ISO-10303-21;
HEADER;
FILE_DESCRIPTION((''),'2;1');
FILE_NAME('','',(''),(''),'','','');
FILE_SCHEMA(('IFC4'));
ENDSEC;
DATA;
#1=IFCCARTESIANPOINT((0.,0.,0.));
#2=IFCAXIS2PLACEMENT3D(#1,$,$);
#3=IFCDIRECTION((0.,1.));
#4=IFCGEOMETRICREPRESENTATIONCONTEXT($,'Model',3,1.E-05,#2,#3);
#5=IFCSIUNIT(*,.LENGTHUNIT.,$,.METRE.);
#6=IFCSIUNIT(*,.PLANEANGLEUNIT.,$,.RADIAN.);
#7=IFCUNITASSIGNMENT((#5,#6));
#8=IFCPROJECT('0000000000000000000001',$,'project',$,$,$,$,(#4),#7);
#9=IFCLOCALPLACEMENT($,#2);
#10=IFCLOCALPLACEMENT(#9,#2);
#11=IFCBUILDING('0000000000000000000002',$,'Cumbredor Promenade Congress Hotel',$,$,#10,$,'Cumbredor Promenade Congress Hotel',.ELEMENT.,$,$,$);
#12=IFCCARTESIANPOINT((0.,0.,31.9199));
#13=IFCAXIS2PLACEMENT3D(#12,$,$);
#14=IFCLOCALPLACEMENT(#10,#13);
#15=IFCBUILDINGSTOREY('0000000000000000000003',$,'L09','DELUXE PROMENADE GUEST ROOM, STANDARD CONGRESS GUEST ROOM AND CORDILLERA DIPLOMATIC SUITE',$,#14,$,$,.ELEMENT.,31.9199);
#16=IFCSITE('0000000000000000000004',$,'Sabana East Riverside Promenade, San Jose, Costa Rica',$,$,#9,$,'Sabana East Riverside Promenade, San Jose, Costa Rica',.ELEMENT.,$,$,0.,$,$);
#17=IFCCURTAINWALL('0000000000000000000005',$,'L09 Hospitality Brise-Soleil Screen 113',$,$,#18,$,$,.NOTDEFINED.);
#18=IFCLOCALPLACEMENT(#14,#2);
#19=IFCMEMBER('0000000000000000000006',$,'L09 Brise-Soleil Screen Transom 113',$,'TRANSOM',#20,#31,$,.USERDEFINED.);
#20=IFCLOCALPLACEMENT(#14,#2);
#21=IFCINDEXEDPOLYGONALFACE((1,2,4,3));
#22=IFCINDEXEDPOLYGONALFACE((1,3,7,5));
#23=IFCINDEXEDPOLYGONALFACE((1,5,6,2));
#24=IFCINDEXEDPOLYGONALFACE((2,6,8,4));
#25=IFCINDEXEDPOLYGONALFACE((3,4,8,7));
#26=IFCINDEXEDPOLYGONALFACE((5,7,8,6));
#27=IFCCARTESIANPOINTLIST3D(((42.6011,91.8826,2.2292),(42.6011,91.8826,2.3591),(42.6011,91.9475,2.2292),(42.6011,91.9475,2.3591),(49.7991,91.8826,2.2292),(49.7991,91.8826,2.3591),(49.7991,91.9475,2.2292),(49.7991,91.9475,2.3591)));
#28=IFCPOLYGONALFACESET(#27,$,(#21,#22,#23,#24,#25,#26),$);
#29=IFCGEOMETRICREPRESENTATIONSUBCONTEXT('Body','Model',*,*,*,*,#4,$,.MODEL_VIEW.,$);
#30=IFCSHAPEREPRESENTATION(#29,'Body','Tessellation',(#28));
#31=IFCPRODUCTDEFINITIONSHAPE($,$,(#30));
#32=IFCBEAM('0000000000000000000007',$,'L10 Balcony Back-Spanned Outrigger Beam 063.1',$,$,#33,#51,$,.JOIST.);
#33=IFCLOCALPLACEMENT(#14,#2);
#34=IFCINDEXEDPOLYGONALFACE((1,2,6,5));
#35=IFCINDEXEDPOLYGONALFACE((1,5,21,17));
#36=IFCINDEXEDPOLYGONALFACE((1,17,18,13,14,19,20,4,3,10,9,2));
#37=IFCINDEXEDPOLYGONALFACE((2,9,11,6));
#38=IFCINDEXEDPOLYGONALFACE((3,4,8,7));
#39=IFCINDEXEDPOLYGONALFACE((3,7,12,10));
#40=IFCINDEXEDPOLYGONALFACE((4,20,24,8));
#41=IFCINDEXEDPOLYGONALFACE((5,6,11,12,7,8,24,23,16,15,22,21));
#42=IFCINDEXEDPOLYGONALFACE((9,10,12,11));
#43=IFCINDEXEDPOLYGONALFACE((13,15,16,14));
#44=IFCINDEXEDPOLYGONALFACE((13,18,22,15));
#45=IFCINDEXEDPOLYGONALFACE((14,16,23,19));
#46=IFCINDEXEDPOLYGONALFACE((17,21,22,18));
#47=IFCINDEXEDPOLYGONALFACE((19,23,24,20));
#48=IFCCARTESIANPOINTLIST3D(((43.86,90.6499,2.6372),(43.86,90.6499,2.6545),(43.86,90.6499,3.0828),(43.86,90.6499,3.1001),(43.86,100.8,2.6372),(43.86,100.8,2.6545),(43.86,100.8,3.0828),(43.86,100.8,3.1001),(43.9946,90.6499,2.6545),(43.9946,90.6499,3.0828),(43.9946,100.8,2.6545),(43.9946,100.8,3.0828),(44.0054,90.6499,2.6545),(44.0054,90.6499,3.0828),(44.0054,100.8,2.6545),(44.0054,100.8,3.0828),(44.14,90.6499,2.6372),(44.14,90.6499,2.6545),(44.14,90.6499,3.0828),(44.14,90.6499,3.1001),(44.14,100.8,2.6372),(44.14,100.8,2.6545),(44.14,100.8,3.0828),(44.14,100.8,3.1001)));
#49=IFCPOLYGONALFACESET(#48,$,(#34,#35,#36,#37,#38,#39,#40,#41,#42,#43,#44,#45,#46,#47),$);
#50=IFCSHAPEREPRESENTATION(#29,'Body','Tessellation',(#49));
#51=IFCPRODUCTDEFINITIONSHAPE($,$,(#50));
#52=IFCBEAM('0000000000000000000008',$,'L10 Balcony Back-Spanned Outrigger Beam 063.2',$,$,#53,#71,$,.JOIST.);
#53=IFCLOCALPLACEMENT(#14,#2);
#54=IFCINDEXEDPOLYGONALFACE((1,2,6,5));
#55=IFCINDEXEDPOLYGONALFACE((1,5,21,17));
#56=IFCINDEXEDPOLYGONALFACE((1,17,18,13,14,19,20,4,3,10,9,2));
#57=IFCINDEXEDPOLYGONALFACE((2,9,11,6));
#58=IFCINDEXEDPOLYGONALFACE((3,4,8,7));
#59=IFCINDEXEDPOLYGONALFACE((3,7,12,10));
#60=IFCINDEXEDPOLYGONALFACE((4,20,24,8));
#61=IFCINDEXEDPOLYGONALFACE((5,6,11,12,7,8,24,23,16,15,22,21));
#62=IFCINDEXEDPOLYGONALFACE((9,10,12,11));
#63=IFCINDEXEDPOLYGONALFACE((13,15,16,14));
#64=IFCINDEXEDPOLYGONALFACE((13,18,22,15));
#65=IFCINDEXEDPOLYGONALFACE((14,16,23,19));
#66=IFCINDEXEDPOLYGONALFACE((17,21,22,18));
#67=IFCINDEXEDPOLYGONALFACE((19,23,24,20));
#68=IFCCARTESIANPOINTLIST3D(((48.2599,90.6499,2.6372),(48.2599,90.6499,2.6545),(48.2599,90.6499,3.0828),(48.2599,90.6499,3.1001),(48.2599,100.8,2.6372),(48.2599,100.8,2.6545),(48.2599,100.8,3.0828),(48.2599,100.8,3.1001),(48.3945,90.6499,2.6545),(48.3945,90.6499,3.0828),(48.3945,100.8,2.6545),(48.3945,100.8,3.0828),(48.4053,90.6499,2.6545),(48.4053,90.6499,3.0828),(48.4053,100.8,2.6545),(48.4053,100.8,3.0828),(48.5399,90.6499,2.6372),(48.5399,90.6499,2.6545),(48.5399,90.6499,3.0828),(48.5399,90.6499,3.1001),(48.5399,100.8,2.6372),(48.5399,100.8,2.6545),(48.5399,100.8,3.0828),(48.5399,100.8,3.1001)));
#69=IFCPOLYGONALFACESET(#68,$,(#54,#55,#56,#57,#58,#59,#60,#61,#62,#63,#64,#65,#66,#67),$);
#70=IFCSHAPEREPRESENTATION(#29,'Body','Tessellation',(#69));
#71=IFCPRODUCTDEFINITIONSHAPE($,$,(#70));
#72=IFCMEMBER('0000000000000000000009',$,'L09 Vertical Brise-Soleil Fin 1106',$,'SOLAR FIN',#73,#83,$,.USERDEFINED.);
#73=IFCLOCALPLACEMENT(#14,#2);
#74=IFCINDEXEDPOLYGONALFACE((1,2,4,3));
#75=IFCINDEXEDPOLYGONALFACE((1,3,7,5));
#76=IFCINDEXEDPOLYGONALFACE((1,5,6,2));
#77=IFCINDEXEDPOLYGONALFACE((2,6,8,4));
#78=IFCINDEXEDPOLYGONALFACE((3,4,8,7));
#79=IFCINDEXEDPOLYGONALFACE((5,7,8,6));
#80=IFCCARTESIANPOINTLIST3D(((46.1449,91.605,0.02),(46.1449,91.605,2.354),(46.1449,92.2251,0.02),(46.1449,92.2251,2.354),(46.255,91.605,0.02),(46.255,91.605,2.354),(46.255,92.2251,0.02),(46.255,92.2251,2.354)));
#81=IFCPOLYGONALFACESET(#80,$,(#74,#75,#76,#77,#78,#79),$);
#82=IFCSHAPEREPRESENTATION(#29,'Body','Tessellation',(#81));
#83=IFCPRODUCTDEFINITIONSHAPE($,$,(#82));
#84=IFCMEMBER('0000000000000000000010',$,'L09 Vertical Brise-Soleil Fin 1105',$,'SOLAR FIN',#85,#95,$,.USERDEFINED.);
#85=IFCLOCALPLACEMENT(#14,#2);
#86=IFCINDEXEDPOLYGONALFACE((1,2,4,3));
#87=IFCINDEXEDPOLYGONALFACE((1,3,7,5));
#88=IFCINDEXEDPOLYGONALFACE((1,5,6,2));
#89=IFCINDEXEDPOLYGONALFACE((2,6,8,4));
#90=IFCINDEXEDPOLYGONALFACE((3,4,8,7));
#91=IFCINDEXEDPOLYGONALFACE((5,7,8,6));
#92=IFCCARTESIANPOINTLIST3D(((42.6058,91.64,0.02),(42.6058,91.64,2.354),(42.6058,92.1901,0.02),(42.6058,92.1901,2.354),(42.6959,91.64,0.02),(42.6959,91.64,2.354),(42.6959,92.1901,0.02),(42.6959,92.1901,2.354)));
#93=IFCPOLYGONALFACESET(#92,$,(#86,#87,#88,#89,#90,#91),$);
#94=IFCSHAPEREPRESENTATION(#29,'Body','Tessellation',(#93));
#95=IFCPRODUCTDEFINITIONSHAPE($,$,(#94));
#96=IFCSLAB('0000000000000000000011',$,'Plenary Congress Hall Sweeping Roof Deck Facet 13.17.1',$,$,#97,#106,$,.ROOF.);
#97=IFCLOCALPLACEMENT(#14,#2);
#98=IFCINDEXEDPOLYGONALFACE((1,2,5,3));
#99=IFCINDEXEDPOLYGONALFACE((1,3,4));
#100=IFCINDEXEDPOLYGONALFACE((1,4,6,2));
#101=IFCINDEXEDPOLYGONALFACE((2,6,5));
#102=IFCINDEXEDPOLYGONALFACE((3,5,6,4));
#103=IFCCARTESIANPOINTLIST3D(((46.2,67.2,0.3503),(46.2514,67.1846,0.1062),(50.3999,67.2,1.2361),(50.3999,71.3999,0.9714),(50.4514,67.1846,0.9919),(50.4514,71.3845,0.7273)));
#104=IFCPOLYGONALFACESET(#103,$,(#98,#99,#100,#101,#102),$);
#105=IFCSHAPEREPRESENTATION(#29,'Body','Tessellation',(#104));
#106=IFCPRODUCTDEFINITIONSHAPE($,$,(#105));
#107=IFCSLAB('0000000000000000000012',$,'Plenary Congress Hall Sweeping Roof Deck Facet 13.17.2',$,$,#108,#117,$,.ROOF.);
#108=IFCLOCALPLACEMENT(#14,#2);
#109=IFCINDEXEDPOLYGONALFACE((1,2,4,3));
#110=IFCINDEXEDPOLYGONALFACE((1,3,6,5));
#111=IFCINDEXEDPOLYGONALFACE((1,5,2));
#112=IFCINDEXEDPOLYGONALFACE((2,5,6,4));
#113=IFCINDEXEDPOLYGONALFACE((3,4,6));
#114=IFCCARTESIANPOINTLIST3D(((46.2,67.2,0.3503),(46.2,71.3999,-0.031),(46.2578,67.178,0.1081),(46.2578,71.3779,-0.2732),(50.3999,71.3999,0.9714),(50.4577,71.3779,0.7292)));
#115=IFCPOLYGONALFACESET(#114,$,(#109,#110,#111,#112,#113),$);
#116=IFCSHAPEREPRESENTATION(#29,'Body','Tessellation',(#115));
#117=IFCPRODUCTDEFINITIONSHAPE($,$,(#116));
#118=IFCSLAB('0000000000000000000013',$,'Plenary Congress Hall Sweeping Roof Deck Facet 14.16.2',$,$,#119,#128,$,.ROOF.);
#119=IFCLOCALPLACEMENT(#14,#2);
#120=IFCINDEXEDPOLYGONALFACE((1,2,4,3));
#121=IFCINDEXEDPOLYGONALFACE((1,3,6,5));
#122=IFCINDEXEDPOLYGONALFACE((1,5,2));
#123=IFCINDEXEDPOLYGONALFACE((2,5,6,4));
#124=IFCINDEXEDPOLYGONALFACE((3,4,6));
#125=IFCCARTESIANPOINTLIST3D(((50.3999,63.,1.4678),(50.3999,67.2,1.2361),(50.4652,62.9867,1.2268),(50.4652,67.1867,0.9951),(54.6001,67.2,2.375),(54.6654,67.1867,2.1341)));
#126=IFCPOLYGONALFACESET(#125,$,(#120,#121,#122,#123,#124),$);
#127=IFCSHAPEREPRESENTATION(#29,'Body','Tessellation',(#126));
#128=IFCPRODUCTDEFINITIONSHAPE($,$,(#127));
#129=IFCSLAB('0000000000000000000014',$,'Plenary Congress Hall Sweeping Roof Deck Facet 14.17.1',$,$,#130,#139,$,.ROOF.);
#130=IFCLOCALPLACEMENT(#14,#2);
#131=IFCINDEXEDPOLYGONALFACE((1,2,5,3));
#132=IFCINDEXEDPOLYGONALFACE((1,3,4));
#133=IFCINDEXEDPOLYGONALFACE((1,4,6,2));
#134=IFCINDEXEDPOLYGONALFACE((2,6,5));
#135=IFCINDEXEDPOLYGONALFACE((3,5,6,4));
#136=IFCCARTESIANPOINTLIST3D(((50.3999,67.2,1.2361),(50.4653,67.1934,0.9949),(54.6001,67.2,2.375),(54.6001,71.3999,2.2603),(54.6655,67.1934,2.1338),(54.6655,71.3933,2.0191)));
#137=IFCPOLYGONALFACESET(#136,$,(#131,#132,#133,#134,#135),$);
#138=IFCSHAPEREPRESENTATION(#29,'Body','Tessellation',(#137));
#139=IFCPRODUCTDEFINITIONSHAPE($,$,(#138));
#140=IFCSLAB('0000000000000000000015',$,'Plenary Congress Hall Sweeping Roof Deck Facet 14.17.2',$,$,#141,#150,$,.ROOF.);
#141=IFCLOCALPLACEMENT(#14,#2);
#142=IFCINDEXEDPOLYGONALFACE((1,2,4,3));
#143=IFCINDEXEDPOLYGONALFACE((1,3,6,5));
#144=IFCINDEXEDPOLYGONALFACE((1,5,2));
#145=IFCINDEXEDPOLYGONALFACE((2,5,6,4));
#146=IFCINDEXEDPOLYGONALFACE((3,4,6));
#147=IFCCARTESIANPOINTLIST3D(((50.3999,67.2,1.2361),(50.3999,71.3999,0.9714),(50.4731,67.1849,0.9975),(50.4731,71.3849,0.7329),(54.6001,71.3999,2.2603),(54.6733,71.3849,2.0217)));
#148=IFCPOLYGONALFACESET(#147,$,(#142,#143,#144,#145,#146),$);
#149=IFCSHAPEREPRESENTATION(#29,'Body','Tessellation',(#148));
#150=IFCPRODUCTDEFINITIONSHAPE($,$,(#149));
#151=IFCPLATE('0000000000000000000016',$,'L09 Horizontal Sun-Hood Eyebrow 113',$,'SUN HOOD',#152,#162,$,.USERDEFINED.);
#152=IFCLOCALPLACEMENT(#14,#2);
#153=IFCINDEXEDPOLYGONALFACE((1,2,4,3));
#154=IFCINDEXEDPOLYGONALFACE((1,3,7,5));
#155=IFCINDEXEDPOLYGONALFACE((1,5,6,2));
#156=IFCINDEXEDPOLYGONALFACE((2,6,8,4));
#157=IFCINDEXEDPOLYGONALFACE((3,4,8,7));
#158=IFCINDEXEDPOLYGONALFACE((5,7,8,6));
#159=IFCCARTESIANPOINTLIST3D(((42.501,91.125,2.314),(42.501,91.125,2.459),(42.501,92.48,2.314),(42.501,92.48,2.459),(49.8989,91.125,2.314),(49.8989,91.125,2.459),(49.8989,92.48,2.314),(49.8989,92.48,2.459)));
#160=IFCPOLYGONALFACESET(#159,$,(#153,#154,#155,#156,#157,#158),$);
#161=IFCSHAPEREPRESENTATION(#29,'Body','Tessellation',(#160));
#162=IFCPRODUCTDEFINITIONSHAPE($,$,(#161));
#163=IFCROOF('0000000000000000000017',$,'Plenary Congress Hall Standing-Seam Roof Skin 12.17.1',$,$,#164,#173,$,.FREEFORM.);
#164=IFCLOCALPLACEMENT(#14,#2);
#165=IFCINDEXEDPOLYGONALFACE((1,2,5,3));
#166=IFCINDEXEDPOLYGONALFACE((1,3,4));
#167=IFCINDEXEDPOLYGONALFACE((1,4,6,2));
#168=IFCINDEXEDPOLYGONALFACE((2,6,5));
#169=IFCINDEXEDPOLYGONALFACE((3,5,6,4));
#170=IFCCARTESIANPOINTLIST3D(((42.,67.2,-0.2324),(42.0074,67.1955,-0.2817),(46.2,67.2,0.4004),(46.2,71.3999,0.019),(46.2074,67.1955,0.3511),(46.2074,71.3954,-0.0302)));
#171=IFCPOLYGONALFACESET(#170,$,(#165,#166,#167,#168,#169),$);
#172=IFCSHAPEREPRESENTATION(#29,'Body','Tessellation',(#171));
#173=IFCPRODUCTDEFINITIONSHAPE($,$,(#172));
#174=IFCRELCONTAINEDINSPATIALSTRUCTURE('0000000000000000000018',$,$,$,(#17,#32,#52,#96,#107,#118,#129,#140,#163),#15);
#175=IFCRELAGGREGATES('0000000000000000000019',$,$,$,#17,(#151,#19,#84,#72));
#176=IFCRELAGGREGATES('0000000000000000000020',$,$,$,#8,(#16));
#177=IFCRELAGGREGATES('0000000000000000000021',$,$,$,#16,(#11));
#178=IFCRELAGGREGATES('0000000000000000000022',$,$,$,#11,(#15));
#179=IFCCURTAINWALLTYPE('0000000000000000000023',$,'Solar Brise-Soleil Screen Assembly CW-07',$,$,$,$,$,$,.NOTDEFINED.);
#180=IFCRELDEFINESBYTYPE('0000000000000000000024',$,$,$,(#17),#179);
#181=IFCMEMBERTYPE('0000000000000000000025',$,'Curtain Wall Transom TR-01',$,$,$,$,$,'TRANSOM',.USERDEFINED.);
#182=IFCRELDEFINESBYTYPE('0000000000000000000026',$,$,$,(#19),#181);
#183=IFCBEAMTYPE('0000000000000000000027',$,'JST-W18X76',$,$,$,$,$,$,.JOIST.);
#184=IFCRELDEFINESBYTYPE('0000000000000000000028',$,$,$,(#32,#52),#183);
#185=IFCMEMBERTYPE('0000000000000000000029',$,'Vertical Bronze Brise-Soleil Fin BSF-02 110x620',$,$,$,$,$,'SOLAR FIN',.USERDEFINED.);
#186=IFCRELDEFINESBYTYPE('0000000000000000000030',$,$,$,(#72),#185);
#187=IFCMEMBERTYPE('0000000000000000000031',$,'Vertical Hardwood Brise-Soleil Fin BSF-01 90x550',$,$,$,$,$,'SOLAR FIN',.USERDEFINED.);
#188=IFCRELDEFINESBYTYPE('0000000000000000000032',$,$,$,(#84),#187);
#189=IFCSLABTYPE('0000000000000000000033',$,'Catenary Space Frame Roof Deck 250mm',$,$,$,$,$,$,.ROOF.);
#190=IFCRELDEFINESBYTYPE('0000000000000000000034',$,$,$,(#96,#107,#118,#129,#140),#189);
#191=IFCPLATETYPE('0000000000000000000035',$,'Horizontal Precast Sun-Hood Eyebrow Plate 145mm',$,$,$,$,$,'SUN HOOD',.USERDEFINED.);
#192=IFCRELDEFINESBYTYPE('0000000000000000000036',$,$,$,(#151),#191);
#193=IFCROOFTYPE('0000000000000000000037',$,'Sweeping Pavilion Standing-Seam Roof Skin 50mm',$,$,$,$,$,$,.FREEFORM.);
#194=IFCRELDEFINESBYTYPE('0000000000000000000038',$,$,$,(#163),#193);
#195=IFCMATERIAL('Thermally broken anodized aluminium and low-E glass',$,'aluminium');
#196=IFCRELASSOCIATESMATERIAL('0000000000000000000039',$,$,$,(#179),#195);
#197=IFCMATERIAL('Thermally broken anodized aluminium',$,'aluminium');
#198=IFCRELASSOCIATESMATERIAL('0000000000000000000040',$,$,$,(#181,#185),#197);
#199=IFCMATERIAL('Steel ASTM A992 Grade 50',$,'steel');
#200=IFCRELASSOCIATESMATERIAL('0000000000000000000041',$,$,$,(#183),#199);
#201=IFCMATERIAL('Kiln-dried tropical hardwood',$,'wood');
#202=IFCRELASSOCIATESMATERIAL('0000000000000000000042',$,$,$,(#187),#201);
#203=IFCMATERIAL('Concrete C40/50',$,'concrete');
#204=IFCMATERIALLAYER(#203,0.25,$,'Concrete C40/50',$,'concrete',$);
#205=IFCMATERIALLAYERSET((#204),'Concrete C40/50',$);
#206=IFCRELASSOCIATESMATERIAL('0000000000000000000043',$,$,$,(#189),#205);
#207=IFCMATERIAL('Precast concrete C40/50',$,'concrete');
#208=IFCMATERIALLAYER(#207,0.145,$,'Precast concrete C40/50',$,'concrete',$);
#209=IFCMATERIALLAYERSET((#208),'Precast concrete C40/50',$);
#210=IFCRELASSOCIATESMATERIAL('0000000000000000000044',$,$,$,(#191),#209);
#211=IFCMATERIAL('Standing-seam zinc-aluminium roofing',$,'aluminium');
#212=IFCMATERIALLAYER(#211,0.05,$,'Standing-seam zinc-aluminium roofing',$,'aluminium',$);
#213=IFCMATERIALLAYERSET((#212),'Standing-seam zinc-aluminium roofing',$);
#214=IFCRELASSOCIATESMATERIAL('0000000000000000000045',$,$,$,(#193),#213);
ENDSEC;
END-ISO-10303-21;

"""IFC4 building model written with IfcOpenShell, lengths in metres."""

from ifc_helpers import new_model, si_unit, direction, frame, origin, origin_2d, place, context, subcontext, project, spatial, polyline, rectangle, i_section, outline, extrude, material, layer, layer_set, material_profile, profile_set, type_object, element, aggregate, save


model = new_model("IFC4")

# Units and contexts
model_context = context("Model", 3, precision=1e-05, world=origin(), true_north=direction((0.0, 1.0)))
body_context = subcontext(model_context, "Body", "Model", "MODEL_VIEW")
ifc_project = project(units=[si_unit("LENGTHUNIT", "METRE"), si_unit("PLANEANGLEUNIT", "RADIAN")], contexts=[model_context])

# Site, building, storey
site_placement = place(None, origin())
site = spatial("IfcSite", under=ifc_project, at=site_placement, Name="Sabana East Riverside Promenade, San Jose, Costa Rica", LongName="Sabana East Riverside Promenade, San Jose, Costa Rica", CompositionType="ELEMENT", RefElevation=0.0)
building_placement = place(site_placement, origin())
building = spatial("IfcBuilding", under=site, at=building_placement, Name="Cumbredor Promenade Congress Hotel", LongName="Cumbredor Promenade Congress Hotel", CompositionType="ELEMENT")
storey_placement = place(building_placement, frame((0.0, 0.0, 31.9199)))
storey = spatial("IfcBuildingStorey", under=building, at=storey_placement, Name="L09", Description="DELUXE PROMENADE GUEST ROOM, STANDARD CONGRESS GUEST ROOM AND CORDILLERA DIPLOMATIC SUITE", CompositionType="ELEMENT", Elevation=31.9199)

# Curtain wall, member
ifc_material_1 = material(Name="Thermally broken anodized aluminium and low-E glass", Category="aluminium")
curtain_wall_type = type_object("IfcCurtainWallType", Name="Solar Brise-Soleil Screen Assembly CW-07", PredefinedType="NOTDEFINED", material=ifc_material_1)
curtain_wall_placement = place(storey_placement, origin())
curtain_wall = element("IfcCurtainWall", 1, at=curtain_wall_placement, inside=storey, type_object=curtain_wall_type, Name="L09 Hospitality Brise-Soleil Screen 113", PredefinedType="NOTDEFINED")
ifc_material_2 = material(Name="Thermally broken anodized aluminium", Category="aluminium")
ifc_material_profile_1 = material_profile(ifc_material_2, rectangle(XDim=0.0649, YDim=0.1299, at=origin_2d()), Name="ALU TRANSOM 65x130")
ifc_profile_set_1 = profile_set([ifc_material_profile_1], Name="Thermally broken anodized aluminium")
member_type_1 = type_object("IfcMemberType", Name="Curtain Wall Transom TR-01", ElementType="TRANSOM", PredefinedType="USERDEFINED", material=ifc_profile_set_1)
member_1_placement = place(storey_placement, frame((42.6011, 91.915, 2.2942), z_axis=(1.0, 0.0, 0.0), x_axis=(0.0, 1.0, 0.0)))
member_1 = element("IfcMember", 2, at=member_1_placement, type_object=member_type_1, Name="L09 Brise-Soleil Screen Transom 113", ObjectType="TRANSOM", PredefinedType="USERDEFINED", context=body_context, shape_type="SweptSolid", body=[
    extrude(rectangle(XDim=0.0649, YDim=0.1299, at=origin_2d()), origin(), (0.0, 0.0, 1.0), 7.198),
])

# Beams
ifc_material_3 = material(Name="Steel ASTM A992 Grade 50", Category="steel")
ifc_material_profile_2 = material_profile(ifc_material_3, i_section(OverallWidth=0.28, OverallDepth=0.4629, WebThickness=0.0107, FlangeThickness=0.0173, at=origin_2d()), Name="W18X76")
ifc_profile_set_2 = profile_set([ifc_material_profile_2], Name="Steel ASTM A992 Grade 50")
beam_type = type_object("IfcBeamType", Name="JST-W18X76", PredefinedType="JOIST", material=ifc_profile_set_2)
for number, where, z_axis, x_axis, name in (
    (3, (44.0, 90.6499, 2.8687), (0.0, 1.0, 0.0), (-1.0, 0.0, 0.0), "L10 Balcony Back-Spanned Outrigger Beam 063.1"),
    (4, (48.3999, 90.6499, 2.8687), (0.0, 1.0, 0.0), (-1.0, 0.0, 0.0), "L10 Balcony Back-Spanned Outrigger Beam 063.2"),
):
    element("IfcBeam", number, at=place(storey_placement, frame(where, z_axis=z_axis, x_axis=x_axis)), inside=storey, type_object=beam_type, Name=name, PredefinedType="JOIST", context=body_context, shape_type="SweptSolid", body=[
        extrude(i_section(OverallWidth=0.28, OverallDepth=0.4629, WebThickness=0.0107, FlangeThickness=0.0173, at=origin_2d()), origin(), (0.0, 0.0, 1.0), 10.1501),
    ])

# Members
ifc_material_profile_3 = material_profile(ifc_material_2, rectangle(XDim=0.1101, YDim=0.6201, at=origin_2d()), Name="ARCH FIN 110x620")
ifc_profile_set_3 = profile_set([ifc_material_profile_3], Name="Thermally broken anodized aluminium")
member_type_2 = type_object("IfcMemberType", Name="Vertical Bronze Brise-Soleil Fin BSF-02 110x620", ElementType="SOLAR FIN", PredefinedType="USERDEFINED", material=ifc_profile_set_3)
member_2_placement = place(storey_placement, frame((46.2, 91.915, 0.02), z_axis=(0.0, 0.0, 1.0), x_axis=(1.0, 0.0, 0.0)))
member_2 = element("IfcMember", 5, at=member_2_placement, type_object=member_type_2, Name="L09 Vertical Brise-Soleil Fin 1106", ObjectType="SOLAR FIN", PredefinedType="USERDEFINED", context=body_context, shape_type="SweptSolid", body=[
    extrude(rectangle(XDim=0.1101, YDim=0.6201, at=origin_2d()), origin(), (0.0, 0.0, 1.0), 2.334),
])
ifc_material_4 = material(Name="Kiln-dried tropical hardwood", Category="wood")
ifc_material_profile_4 = material_profile(ifc_material_4, rectangle(XDim=0.0901, YDim=0.55, at=origin_2d()), Name="ARCH FIN 90x550")
ifc_profile_set_4 = profile_set([ifc_material_profile_4], Name="Kiln-dried tropical hardwood")
member_type_3 = type_object("IfcMemberType", Name="Vertical Hardwood Brise-Soleil Fin BSF-01 90x550", ElementType="SOLAR FIN", PredefinedType="USERDEFINED", material=ifc_profile_set_4)
member_3_placement = place(storey_placement, frame((42.6509, 91.915, 0.02), z_axis=(0.0, 0.0, 1.0), x_axis=(1.0, 0.0, 0.0)))
member_3 = element("IfcMember", 6, at=member_3_placement, type_object=member_type_3, Name="L09 Vertical Brise-Soleil Fin 1105", ObjectType="SOLAR FIN", PredefinedType="USERDEFINED", context=body_context, shape_type="SweptSolid", body=[
    extrude(rectangle(XDim=0.0901, YDim=0.55, at=origin_2d()), origin(), (0.0, 0.0, 1.0), 2.334),
])

# Slabs
ifc_material_5 = material(Name="Concrete C40/50", Category="concrete")
ifc_layer_1 = layer(ifc_material_5, 0.25, Name="Concrete C40/50", Category="concrete")
ifc_layer_set_1 = layer_set([ifc_layer_1], Name="Concrete C40/50")
slab_type = type_object("IfcSlabType", Name="Catenary Space Frame Roof Deck 250mm", PredefinedType="ROOF", material=ifc_layer_set_1)
slab_1_placement = place(storey_placement, frame((46.2, 67.2, 0.3503), z_axis=(-0.205963, 0.061539, 0.976623), x_axis=(0.978477, 0.0, 0.206354)))
element("IfcSlab", 7, at=slab_1_placement, inside=storey, type_object=slab_type, Name="Plenary Congress Hall Sweeping Roof Deck Facet 13.17.1", PredefinedType="ROOF", context=body_context, shape_type="SweptSolid", body=[
    extrude(outline(polyline([(0.0, 0.0), (4.2923, 0.0), (4.2377, 4.2079), (0.0, 0.0)])), origin(), (0.0, 0.0, -1.0), 0.25),
])
slab_2_placement = place(storey_placement, frame((46.2, 67.2, 0.3503), z_axis=(-0.231258, 0.087975, 0.968907), x_axis=(0.703272, 0.703272, 0.104001)))
element("IfcSlab", 8, at=slab_2_placement, inside=storey, type_object=slab_type, Name="Plenary Congress Hall Sweeping Roof Deck Facet 13.17.2", PredefinedType="ROOF", context=body_context, shape_type="SweptSolid", body=[
    extrude(outline(polyline([(0.0, 0.0), (5.972, 0.0), (2.914, 3.0485), (0.0, 0.0)])), origin(), (0.0, 0.0, -1.0), 0.25),
])
slab_3_placement = place(storey_placement, frame((50.3999, 63.0, 1.4678), z_axis=(-0.261337, 0.053167, 0.963782), x_axis=(0.699021, 0.69898, 0.150986)))
element("IfcSlab", 9, at=slab_3_placement, inside=storey, type_object=slab_type, Name="Plenary Congress Hall Sweeping Roof Deck Facet 14.16.2", PredefinedType="ROOF", context=body_context, shape_type="SweptSolid", body=[
    extrude(outline(polyline([(0.0, 0.0), (6.0087, 0.0), (2.9007, 3.0462), (0.0, 0.0)])), origin(), (0.0, 0.0, -1.0), 0.25),
])
slab_4_placement = place(storey_placement, frame((50.3999, 67.2, 1.2361), z_axis=(-0.261616, 0.026359, 0.964812), x_axis=(0.965147, 0.0, 0.261707)))
element("IfcSlab", 10, at=slab_4_placement, inside=storey, type_object=slab_type, Name="Plenary Congress Hall Sweeping Roof Deck Facet 14.17.1", PredefinedType="ROOF", context=body_context, shape_type="SweptSolid", body=[
    extrude(outline(polyline([(0.0, 0.0), (4.3519, 0.0), (4.3218, 4.2014), (0.0, 0.0)])), origin(), (0.0, 0.0, -1.0), 0.25),
])
slab_5_placement = place(storey_placement, frame((50.3999, 67.2, 1.2361), z_axis=(-0.292817, 0.060131, 0.954276), x_axis=(0.696844, 0.696804, 0.169918)))
element("IfcSlab", 11, at=slab_5_placement, inside=storey, type_object=slab_type, Name="Plenary Congress Hall Sweeping Roof Deck Facet 14.17.2", PredefinedType="ROOF", context=body_context, shape_type="SweptSolid", body=[
    extrude(outline(polyline([(0.0, 0.0), (6.0275, 0.0), (2.8816, 3.0669), (0.0, 0.0)])), origin(), (0.0, 0.0, -1.0), 0.25),
])

# Plate
ifc_material_6 = material(Name="Precast concrete C40/50", Category="concrete")
ifc_layer_2 = layer(ifc_material_6, 0.145, Name="Precast concrete C40/50", Category="concrete")
ifc_layer_set_2 = layer_set([ifc_layer_2], Name="Precast concrete C40/50")
plate_type = type_object("IfcPlateType", Name="Horizontal Precast Sun-Hood Eyebrow Plate 145mm", ElementType="SUN HOOD", PredefinedType="USERDEFINED", material=ifc_layer_set_2)
plate_placement = place(storey_placement, frame((46.2, 91.8025, 2.314), z_axis=(0.0, 0.0, 1.0), x_axis=(1.0, 0.0, 0.0)))
plate = element("IfcPlate", 12, at=plate_placement, type_object=plate_type, Name="L09 Horizontal Sun-Hood Eyebrow 113", ObjectType="SUN HOOD", PredefinedType="USERDEFINED", context=body_context, shape_type="SweptSolid", body=[
    extrude(rectangle(XDim=7.3979, YDim=1.355, at=origin_2d()), origin(), (0.0, 0.0, 1.0), 0.145),
])
aggregate(curtain_wall, [plate, member_1, member_3, member_2])

# Roof
ifc_material_7 = material(Name="Standing-seam zinc-aluminium roofing", Category="aluminium")
ifc_layer_3 = layer(ifc_material_7, 0.05, Name="Standing-seam zinc-aluminium roofing", Category="aluminium")
ifc_layer_set_3 = layer_set([ifc_layer_3], Name="Standing-seam zinc-aluminium roofing")
roof_type = type_object("IfcRoofType", Name="Sweeping Pavilion Standing-Seam Roof Skin 50mm", PredefinedType="FREEFORM", material=ifc_layer_set_3)
roof_1_placement = place(storey_placement, frame((42.0, 67.2, -0.2324), z_axis=(-0.148393, 0.089425, 0.984877), x_axis=(0.988839, 0.0, 0.14899)))
element("IfcRoof", 13, at=roof_1_placement, inside=storey, type_object=roof_type, Name="Plenary Congress Hall Standing-Seam Roof Skin 12.17.1", PredefinedType="FREEFORM", context=body_context, shape_type="SweptSolid", body=[
    extrude(outline(polyline([(0.0, 0.0), (4.2474, 0.0), (4.1905, 4.2168), (0.0, 0.0)])), origin(), (0.0, 0.0, -1.0), 0.05),
])

save(model, "model.ifc")
